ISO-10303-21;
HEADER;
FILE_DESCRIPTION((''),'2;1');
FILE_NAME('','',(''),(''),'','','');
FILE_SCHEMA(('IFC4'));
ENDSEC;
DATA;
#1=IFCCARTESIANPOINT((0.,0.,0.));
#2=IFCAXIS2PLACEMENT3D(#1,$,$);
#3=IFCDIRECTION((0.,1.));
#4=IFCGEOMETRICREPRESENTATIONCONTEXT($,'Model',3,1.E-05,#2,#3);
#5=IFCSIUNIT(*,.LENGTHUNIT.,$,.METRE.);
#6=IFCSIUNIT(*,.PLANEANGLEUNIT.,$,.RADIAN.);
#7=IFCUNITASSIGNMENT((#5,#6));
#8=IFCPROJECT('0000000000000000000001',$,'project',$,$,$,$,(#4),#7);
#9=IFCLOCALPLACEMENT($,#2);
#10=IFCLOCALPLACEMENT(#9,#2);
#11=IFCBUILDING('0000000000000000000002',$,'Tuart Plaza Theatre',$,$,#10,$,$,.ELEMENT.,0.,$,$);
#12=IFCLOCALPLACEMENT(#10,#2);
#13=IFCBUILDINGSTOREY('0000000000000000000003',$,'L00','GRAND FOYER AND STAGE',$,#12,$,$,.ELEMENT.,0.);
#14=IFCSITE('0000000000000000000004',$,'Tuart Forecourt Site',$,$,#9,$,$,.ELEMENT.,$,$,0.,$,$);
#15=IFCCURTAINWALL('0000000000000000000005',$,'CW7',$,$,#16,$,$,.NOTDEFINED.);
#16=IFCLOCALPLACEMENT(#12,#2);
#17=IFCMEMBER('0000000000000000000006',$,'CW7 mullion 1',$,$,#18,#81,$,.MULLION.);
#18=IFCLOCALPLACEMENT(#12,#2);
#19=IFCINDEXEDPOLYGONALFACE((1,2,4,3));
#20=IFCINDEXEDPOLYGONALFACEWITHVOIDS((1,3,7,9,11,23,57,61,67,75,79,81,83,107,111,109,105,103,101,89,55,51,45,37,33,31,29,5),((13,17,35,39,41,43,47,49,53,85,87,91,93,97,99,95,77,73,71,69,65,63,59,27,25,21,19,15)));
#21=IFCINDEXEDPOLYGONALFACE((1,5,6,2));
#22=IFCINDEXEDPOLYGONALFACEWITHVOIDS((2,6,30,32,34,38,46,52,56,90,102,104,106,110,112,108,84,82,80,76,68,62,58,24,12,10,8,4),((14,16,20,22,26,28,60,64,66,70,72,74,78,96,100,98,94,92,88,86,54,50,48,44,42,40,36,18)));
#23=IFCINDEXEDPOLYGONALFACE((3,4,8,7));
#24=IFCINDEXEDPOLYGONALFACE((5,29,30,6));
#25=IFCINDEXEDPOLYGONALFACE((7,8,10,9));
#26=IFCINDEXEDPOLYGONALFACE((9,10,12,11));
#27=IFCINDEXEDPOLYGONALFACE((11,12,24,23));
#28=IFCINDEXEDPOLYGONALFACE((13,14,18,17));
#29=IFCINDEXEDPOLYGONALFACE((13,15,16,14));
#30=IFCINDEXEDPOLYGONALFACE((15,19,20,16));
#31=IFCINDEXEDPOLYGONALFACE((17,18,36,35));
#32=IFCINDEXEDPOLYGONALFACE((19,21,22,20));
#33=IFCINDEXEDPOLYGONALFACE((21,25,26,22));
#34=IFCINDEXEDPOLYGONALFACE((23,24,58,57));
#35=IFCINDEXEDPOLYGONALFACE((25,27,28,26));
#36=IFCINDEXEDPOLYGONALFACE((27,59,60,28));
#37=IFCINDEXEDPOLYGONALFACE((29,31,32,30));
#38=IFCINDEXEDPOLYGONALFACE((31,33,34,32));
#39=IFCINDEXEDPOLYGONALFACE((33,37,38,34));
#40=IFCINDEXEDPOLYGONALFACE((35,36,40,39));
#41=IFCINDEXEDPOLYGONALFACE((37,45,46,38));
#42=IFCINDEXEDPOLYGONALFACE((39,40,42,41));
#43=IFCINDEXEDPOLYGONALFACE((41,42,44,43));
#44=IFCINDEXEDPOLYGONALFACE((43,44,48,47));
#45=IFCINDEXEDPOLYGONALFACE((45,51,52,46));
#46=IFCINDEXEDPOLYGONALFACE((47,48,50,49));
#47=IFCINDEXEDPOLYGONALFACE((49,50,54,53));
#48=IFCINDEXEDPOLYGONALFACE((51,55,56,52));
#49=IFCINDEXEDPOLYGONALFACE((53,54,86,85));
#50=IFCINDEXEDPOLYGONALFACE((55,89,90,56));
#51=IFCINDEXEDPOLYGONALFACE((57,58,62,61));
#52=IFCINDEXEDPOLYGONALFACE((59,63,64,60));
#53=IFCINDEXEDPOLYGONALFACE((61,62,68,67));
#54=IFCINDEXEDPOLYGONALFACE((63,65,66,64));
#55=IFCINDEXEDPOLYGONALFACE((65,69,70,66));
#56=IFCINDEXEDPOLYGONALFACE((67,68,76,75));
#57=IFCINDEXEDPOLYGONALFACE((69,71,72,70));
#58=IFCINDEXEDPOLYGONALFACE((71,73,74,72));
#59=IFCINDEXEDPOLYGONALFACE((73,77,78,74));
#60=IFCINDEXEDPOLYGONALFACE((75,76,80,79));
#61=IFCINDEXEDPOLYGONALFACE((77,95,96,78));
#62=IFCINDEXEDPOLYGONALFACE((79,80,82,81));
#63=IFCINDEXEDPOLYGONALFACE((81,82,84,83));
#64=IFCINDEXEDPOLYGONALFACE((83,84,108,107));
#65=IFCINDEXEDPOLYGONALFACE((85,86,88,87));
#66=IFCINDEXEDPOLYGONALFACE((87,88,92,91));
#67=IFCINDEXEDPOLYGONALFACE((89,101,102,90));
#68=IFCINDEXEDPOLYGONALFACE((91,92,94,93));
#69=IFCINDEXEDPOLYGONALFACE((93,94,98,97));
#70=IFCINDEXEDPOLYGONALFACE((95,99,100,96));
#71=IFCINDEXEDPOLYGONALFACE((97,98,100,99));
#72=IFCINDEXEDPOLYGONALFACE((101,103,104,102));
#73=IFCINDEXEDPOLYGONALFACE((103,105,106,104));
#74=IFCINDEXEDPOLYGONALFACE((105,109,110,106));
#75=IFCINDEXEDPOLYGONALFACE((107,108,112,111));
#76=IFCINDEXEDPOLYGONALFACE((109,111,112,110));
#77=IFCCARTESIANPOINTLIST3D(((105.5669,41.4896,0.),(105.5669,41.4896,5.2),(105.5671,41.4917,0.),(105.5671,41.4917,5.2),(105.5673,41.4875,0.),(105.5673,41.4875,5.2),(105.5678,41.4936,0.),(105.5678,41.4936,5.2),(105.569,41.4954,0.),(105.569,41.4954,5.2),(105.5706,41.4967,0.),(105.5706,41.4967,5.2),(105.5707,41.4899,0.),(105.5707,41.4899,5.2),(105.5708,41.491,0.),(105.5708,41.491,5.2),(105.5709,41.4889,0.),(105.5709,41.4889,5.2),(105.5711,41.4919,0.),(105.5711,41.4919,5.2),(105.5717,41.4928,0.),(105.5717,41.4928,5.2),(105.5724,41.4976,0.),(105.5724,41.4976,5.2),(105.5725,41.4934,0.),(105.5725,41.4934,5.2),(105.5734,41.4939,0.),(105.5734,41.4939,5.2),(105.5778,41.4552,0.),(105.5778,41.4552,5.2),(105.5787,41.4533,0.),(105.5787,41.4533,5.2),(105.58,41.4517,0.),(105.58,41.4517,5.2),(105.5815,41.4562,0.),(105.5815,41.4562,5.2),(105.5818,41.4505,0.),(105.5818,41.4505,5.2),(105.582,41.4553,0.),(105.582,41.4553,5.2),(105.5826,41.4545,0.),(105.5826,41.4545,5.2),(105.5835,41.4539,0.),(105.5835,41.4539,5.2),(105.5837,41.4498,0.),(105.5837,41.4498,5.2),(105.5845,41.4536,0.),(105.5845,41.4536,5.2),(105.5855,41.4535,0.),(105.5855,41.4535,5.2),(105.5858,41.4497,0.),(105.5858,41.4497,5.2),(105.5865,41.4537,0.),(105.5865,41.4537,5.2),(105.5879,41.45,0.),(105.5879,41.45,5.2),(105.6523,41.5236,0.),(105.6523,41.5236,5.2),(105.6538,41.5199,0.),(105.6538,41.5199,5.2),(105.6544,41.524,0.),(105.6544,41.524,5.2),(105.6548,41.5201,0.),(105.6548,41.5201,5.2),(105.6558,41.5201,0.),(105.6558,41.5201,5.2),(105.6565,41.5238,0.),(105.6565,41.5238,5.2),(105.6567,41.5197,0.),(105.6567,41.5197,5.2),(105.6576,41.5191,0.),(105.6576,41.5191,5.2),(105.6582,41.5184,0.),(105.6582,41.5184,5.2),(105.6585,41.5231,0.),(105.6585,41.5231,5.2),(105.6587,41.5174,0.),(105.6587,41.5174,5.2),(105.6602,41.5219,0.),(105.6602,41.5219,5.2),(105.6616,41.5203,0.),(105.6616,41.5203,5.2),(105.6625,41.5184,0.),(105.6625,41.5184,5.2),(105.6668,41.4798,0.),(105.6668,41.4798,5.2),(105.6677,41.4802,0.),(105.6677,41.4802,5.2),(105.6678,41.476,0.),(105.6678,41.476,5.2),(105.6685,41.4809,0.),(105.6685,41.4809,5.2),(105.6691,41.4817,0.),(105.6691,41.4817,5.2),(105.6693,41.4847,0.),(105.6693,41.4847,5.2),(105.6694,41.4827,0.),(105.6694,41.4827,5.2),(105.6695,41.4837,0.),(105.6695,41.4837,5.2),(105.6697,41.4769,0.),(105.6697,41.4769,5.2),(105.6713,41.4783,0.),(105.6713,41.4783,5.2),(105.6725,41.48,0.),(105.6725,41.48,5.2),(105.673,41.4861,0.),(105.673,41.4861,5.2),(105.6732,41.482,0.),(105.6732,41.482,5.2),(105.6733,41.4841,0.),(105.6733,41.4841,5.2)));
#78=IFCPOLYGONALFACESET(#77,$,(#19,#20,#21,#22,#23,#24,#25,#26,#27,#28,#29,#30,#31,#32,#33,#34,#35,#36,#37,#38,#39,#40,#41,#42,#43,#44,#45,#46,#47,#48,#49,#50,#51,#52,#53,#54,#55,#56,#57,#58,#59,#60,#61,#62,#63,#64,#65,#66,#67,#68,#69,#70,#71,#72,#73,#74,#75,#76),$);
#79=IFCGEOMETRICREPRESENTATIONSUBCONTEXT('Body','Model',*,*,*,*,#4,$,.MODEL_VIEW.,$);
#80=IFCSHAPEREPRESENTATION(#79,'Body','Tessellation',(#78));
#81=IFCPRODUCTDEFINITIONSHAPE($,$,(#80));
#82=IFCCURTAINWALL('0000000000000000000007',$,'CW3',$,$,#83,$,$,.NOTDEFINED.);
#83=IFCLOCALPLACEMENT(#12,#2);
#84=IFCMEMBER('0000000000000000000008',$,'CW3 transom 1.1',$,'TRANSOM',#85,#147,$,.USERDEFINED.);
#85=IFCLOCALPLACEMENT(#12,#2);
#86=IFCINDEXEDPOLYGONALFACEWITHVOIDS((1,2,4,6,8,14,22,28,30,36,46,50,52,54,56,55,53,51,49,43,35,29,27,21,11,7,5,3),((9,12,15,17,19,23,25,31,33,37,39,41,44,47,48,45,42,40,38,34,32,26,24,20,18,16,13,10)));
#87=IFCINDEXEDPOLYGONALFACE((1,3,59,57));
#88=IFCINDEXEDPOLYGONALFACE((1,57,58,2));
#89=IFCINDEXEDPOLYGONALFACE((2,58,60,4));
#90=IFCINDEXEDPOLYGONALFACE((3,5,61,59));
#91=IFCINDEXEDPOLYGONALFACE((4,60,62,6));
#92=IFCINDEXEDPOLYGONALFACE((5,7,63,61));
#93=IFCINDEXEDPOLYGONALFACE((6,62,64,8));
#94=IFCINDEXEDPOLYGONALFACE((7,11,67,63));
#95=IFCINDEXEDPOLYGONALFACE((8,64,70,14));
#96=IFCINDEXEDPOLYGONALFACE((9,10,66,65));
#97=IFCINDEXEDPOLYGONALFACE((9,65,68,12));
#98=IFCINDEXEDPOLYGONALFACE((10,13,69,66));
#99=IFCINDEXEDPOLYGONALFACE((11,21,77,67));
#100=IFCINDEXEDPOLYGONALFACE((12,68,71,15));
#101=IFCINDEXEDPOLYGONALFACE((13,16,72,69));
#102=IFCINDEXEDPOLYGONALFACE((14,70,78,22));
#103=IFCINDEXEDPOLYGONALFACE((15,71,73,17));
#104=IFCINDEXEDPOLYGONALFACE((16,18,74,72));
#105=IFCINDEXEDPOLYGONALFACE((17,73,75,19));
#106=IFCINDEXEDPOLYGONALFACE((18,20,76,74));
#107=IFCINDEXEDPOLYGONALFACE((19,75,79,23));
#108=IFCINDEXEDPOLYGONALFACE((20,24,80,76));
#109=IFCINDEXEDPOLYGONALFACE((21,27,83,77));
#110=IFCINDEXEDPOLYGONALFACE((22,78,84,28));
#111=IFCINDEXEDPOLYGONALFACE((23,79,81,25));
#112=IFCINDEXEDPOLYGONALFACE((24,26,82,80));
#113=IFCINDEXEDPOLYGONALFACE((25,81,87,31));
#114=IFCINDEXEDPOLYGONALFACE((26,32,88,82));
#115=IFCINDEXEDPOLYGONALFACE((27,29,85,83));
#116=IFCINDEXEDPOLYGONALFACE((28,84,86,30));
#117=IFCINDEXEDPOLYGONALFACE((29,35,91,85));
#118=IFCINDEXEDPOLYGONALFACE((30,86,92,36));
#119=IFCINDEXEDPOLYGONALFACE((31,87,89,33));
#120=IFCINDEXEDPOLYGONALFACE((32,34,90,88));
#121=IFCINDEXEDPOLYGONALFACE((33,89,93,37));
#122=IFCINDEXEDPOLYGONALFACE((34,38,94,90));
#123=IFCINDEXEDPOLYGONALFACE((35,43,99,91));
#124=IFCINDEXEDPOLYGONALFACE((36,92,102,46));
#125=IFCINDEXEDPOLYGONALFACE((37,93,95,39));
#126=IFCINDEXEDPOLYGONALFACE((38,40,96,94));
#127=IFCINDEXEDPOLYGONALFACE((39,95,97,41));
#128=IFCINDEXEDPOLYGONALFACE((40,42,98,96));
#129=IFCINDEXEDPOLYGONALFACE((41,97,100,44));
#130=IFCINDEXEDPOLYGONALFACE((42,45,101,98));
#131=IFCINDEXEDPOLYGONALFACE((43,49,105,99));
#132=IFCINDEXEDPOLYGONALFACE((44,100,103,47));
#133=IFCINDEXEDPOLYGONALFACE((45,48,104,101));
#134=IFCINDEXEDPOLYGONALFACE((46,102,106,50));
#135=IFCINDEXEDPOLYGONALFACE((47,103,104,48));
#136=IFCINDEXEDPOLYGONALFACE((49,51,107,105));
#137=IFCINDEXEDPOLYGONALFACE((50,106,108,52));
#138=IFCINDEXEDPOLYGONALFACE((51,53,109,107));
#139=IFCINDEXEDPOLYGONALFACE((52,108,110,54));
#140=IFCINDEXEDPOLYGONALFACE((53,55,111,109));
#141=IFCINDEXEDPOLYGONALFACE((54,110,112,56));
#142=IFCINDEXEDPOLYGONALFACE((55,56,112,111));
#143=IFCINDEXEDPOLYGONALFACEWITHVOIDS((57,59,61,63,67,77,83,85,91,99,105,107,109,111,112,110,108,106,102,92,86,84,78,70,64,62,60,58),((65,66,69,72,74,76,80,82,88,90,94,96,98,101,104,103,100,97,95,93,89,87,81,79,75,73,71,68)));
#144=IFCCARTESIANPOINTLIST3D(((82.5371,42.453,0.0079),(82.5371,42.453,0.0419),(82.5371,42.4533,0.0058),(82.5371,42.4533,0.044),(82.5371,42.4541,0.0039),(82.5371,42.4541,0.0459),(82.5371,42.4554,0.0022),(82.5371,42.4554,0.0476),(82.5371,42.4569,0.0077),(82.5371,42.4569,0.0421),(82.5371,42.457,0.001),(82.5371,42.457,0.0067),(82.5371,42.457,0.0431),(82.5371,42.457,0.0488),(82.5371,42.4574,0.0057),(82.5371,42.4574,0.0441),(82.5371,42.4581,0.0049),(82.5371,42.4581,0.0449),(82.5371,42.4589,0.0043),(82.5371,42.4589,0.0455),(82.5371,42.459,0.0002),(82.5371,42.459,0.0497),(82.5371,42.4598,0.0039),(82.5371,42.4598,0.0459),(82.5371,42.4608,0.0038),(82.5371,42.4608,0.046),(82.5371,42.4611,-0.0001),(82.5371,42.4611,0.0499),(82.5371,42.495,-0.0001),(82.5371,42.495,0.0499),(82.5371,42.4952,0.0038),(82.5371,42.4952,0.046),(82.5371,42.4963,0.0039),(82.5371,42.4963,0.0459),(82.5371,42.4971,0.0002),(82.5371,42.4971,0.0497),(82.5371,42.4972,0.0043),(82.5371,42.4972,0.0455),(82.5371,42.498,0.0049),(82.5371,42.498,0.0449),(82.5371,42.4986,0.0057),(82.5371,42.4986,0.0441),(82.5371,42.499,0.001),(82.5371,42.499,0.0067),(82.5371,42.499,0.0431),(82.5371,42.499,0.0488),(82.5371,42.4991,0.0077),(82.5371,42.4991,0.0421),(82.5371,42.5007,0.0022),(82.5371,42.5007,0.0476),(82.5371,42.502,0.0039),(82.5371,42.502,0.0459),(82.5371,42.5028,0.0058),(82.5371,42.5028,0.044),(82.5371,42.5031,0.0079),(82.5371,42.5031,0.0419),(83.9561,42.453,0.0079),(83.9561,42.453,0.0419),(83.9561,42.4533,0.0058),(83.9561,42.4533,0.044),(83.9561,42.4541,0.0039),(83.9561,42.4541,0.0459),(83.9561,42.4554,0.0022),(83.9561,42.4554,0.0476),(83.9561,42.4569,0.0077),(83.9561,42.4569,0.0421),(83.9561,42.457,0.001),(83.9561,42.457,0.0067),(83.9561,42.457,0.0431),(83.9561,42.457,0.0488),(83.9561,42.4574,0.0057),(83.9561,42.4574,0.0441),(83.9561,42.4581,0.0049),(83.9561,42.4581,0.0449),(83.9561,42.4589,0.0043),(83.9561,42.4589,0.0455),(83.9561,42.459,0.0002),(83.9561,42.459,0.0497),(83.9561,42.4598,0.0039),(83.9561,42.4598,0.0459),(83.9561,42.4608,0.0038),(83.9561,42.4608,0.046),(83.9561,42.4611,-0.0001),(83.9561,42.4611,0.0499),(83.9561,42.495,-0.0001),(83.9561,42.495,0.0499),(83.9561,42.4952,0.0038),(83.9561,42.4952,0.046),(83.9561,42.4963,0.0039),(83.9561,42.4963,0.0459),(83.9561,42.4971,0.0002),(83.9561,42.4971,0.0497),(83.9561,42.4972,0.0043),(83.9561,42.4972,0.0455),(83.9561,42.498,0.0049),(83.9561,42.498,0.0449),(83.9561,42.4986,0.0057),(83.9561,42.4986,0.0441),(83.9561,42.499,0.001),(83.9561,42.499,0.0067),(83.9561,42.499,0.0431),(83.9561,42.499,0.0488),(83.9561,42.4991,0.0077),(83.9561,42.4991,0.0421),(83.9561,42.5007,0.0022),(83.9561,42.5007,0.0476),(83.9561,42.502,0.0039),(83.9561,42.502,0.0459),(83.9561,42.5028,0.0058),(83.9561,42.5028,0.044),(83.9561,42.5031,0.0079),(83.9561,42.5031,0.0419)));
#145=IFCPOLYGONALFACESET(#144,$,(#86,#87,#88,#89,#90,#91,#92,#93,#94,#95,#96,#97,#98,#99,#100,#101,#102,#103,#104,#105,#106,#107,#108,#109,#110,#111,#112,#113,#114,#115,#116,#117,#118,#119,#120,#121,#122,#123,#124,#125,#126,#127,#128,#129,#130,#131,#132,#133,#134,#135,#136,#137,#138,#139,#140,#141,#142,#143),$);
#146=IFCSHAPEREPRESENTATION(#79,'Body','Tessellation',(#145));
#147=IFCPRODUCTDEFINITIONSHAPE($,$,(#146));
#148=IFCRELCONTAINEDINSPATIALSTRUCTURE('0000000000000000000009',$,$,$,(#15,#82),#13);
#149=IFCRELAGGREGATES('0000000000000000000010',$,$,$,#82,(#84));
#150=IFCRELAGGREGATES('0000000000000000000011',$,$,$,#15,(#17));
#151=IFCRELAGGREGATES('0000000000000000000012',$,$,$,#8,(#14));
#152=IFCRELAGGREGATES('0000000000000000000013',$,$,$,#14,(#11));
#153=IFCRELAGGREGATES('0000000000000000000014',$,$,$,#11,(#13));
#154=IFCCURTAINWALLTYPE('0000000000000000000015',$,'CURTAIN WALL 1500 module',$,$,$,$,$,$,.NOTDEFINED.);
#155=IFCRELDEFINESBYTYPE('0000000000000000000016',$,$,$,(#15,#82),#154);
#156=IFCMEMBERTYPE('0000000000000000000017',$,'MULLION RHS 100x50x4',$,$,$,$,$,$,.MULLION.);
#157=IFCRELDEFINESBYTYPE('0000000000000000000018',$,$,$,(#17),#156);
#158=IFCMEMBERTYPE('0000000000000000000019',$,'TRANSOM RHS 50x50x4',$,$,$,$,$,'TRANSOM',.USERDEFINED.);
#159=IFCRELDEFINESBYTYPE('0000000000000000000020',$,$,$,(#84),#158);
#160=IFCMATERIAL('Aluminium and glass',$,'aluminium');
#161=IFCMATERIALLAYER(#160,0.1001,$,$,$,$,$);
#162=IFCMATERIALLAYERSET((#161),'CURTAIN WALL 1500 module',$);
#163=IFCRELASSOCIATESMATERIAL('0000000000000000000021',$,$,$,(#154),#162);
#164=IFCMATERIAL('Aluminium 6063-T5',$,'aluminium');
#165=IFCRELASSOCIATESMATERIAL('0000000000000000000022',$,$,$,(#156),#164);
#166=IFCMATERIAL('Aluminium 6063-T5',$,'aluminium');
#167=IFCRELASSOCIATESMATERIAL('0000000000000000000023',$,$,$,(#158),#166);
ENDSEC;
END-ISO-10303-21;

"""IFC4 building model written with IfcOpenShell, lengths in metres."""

from ifc_helpers import new_model, si_unit, direction, frame, origin, origin_2d, place, context, subcontext, project, spatial, hollow_rectangle, extrude, material, layer, layer_set, material_profile, profile_set, type_object, element, aggregate, save


model = new_model("IFC4")

# Units and contexts
model_context = context("Model", 3, precision=1e-05, world=origin(), true_north=direction((0.0, 1.0)))
body_context = subcontext(model_context, "Body", "Model", "MODEL_VIEW")
ifc_project = project(units=[si_unit("LENGTHUNIT", "METRE"), si_unit("PLANEANGLEUNIT", "RADIAN")], contexts=[model_context])

# Site, building, storey
site_placement = place(None, origin())
site = spatial("IfcSite", under=ifc_project, at=site_placement, Name="Tuart Forecourt Site", CompositionType="ELEMENT", RefElevation=0.0)
building_placement = place(site_placement, origin())
building = spatial("IfcBuilding", under=site, at=building_placement, Name="Tuart Plaza Theatre", CompositionType="ELEMENT", ElevationOfRefHeight=0.0)
storey_placement = place(building_placement, origin())
storey = spatial("IfcBuildingStorey", under=building, at=storey_placement, Name="L00", Description="GRAND FOYER AND STAGE", CompositionType="ELEMENT", Elevation=0.0)

# Curtain wall, member
ifc_material_1 = material(Name="Aluminium and glass", Category="aluminium")
ifc_layer_1 = layer(ifc_material_1, 0.1001)
ifc_layer_set_1 = layer_set([ifc_layer_1], Name="CURTAIN WALL 1500 module")
curtain_wall_type = type_object("IfcCurtainWallType", Name="CURTAIN WALL 1500 module", PredefinedType="NOTDEFINED", material=ifc_layer_set_1)
ifc_material_2 = material(Name="Aluminium 6063-T5", Category="aluminium")
ifc_material_profile_1 = material_profile(ifc_material_2, hollow_rectangle(XDim=0.05, YDim=0.1001, WallThickness=0.0039, InnerFilletRadius=0.0039, OuterFilletRadius=0.0081, at=origin_2d()), Name="RHS 100x50x4")
ifc_profile_set_1 = profile_set([ifc_material_profile_1], Name="Aluminium 6063-T5")
member_type_1 = type_object("IfcMemberType", Name="MULLION RHS 100x50x4", PredefinedType="MULLION", material=ifc_profile_set_1)
curtain_wall_1_placement = place(storey_placement, origin())
curtain_wall_1 = element("IfcCurtainWall", 1, at=curtain_wall_1_placement, inside=storey, type_object=curtain_wall_type, Name="CW7", PredefinedType="NOTDEFINED")
member_1_placement = place(storey_placement, frame((105.6201, 41.4868, 0.0), z_axis=(0.0, 0.0, 1.0), x_axis=(-0.308885, 0.951099, 0.0)))
member_1 = element("IfcMember", 2, at=member_1_placement, type_object=member_type_1, Name="CW7 mullion 1", PredefinedType="MULLION", context=body_context, shape_type="SweptSolid", body=[
    extrude(hollow_rectangle(XDim=0.05, YDim=0.1001, WallThickness=0.0039, InnerFilletRadius=0.0039, OuterFilletRadius=0.0081, at=origin_2d()), origin(), (0.0, 0.0, 1.0), 5.2),
])

# Curtain wall, member
curtain_wall_2_placement = place(storey_placement, origin())
curtain_wall_2 = element("IfcCurtainWall", 3, at=curtain_wall_2_placement, inside=storey, type_object=curtain_wall_type, Name="CW3", PredefinedType="NOTDEFINED")
ifc_material_3 = material(Name="Aluminium 6063-T5", Category="aluminium")
ifc_material_profile_2 = material_profile(ifc_material_3, hollow_rectangle(XDim=0.05, YDim=0.05, WallThickness=0.0039, InnerFilletRadius=0.0039, OuterFilletRadius=0.0081, at=origin_2d()), Name="RHS 50x50x4")
ifc_profile_set_2 = profile_set([ifc_material_profile_2], Name="Aluminium 6063-T5")
member_type_2 = type_object("IfcMemberType", Name="TRANSOM RHS 50x50x4", ElementType="TRANSOM", PredefinedType="USERDEFINED", material=ifc_profile_set_2)
member_2_placement = place(storey_placement, frame((82.5371, 42.478, 0.0249), z_axis=(1.0, 0.0, 0.0), x_axis=(0.0, 1.0, 0.0)))
member_2 = element("IfcMember", 4, at=member_2_placement, type_object=member_type_2, Name="CW3 transom 1.1", ObjectType="TRANSOM", PredefinedType="USERDEFINED", context=body_context, shape_type="SweptSolid", body=[
    extrude(hollow_rectangle(XDim=0.05, YDim=0.05, WallThickness=0.0039, InnerFilletRadius=0.0039, OuterFilletRadius=0.0081, at=origin_2d()), origin(), (0.0, 0.0, 1.0), 1.4189),
])
aggregate(curtain_wall_2, [member_2])

aggregate(curtain_wall_1, [member_1])

save(model, "model.ifc")
